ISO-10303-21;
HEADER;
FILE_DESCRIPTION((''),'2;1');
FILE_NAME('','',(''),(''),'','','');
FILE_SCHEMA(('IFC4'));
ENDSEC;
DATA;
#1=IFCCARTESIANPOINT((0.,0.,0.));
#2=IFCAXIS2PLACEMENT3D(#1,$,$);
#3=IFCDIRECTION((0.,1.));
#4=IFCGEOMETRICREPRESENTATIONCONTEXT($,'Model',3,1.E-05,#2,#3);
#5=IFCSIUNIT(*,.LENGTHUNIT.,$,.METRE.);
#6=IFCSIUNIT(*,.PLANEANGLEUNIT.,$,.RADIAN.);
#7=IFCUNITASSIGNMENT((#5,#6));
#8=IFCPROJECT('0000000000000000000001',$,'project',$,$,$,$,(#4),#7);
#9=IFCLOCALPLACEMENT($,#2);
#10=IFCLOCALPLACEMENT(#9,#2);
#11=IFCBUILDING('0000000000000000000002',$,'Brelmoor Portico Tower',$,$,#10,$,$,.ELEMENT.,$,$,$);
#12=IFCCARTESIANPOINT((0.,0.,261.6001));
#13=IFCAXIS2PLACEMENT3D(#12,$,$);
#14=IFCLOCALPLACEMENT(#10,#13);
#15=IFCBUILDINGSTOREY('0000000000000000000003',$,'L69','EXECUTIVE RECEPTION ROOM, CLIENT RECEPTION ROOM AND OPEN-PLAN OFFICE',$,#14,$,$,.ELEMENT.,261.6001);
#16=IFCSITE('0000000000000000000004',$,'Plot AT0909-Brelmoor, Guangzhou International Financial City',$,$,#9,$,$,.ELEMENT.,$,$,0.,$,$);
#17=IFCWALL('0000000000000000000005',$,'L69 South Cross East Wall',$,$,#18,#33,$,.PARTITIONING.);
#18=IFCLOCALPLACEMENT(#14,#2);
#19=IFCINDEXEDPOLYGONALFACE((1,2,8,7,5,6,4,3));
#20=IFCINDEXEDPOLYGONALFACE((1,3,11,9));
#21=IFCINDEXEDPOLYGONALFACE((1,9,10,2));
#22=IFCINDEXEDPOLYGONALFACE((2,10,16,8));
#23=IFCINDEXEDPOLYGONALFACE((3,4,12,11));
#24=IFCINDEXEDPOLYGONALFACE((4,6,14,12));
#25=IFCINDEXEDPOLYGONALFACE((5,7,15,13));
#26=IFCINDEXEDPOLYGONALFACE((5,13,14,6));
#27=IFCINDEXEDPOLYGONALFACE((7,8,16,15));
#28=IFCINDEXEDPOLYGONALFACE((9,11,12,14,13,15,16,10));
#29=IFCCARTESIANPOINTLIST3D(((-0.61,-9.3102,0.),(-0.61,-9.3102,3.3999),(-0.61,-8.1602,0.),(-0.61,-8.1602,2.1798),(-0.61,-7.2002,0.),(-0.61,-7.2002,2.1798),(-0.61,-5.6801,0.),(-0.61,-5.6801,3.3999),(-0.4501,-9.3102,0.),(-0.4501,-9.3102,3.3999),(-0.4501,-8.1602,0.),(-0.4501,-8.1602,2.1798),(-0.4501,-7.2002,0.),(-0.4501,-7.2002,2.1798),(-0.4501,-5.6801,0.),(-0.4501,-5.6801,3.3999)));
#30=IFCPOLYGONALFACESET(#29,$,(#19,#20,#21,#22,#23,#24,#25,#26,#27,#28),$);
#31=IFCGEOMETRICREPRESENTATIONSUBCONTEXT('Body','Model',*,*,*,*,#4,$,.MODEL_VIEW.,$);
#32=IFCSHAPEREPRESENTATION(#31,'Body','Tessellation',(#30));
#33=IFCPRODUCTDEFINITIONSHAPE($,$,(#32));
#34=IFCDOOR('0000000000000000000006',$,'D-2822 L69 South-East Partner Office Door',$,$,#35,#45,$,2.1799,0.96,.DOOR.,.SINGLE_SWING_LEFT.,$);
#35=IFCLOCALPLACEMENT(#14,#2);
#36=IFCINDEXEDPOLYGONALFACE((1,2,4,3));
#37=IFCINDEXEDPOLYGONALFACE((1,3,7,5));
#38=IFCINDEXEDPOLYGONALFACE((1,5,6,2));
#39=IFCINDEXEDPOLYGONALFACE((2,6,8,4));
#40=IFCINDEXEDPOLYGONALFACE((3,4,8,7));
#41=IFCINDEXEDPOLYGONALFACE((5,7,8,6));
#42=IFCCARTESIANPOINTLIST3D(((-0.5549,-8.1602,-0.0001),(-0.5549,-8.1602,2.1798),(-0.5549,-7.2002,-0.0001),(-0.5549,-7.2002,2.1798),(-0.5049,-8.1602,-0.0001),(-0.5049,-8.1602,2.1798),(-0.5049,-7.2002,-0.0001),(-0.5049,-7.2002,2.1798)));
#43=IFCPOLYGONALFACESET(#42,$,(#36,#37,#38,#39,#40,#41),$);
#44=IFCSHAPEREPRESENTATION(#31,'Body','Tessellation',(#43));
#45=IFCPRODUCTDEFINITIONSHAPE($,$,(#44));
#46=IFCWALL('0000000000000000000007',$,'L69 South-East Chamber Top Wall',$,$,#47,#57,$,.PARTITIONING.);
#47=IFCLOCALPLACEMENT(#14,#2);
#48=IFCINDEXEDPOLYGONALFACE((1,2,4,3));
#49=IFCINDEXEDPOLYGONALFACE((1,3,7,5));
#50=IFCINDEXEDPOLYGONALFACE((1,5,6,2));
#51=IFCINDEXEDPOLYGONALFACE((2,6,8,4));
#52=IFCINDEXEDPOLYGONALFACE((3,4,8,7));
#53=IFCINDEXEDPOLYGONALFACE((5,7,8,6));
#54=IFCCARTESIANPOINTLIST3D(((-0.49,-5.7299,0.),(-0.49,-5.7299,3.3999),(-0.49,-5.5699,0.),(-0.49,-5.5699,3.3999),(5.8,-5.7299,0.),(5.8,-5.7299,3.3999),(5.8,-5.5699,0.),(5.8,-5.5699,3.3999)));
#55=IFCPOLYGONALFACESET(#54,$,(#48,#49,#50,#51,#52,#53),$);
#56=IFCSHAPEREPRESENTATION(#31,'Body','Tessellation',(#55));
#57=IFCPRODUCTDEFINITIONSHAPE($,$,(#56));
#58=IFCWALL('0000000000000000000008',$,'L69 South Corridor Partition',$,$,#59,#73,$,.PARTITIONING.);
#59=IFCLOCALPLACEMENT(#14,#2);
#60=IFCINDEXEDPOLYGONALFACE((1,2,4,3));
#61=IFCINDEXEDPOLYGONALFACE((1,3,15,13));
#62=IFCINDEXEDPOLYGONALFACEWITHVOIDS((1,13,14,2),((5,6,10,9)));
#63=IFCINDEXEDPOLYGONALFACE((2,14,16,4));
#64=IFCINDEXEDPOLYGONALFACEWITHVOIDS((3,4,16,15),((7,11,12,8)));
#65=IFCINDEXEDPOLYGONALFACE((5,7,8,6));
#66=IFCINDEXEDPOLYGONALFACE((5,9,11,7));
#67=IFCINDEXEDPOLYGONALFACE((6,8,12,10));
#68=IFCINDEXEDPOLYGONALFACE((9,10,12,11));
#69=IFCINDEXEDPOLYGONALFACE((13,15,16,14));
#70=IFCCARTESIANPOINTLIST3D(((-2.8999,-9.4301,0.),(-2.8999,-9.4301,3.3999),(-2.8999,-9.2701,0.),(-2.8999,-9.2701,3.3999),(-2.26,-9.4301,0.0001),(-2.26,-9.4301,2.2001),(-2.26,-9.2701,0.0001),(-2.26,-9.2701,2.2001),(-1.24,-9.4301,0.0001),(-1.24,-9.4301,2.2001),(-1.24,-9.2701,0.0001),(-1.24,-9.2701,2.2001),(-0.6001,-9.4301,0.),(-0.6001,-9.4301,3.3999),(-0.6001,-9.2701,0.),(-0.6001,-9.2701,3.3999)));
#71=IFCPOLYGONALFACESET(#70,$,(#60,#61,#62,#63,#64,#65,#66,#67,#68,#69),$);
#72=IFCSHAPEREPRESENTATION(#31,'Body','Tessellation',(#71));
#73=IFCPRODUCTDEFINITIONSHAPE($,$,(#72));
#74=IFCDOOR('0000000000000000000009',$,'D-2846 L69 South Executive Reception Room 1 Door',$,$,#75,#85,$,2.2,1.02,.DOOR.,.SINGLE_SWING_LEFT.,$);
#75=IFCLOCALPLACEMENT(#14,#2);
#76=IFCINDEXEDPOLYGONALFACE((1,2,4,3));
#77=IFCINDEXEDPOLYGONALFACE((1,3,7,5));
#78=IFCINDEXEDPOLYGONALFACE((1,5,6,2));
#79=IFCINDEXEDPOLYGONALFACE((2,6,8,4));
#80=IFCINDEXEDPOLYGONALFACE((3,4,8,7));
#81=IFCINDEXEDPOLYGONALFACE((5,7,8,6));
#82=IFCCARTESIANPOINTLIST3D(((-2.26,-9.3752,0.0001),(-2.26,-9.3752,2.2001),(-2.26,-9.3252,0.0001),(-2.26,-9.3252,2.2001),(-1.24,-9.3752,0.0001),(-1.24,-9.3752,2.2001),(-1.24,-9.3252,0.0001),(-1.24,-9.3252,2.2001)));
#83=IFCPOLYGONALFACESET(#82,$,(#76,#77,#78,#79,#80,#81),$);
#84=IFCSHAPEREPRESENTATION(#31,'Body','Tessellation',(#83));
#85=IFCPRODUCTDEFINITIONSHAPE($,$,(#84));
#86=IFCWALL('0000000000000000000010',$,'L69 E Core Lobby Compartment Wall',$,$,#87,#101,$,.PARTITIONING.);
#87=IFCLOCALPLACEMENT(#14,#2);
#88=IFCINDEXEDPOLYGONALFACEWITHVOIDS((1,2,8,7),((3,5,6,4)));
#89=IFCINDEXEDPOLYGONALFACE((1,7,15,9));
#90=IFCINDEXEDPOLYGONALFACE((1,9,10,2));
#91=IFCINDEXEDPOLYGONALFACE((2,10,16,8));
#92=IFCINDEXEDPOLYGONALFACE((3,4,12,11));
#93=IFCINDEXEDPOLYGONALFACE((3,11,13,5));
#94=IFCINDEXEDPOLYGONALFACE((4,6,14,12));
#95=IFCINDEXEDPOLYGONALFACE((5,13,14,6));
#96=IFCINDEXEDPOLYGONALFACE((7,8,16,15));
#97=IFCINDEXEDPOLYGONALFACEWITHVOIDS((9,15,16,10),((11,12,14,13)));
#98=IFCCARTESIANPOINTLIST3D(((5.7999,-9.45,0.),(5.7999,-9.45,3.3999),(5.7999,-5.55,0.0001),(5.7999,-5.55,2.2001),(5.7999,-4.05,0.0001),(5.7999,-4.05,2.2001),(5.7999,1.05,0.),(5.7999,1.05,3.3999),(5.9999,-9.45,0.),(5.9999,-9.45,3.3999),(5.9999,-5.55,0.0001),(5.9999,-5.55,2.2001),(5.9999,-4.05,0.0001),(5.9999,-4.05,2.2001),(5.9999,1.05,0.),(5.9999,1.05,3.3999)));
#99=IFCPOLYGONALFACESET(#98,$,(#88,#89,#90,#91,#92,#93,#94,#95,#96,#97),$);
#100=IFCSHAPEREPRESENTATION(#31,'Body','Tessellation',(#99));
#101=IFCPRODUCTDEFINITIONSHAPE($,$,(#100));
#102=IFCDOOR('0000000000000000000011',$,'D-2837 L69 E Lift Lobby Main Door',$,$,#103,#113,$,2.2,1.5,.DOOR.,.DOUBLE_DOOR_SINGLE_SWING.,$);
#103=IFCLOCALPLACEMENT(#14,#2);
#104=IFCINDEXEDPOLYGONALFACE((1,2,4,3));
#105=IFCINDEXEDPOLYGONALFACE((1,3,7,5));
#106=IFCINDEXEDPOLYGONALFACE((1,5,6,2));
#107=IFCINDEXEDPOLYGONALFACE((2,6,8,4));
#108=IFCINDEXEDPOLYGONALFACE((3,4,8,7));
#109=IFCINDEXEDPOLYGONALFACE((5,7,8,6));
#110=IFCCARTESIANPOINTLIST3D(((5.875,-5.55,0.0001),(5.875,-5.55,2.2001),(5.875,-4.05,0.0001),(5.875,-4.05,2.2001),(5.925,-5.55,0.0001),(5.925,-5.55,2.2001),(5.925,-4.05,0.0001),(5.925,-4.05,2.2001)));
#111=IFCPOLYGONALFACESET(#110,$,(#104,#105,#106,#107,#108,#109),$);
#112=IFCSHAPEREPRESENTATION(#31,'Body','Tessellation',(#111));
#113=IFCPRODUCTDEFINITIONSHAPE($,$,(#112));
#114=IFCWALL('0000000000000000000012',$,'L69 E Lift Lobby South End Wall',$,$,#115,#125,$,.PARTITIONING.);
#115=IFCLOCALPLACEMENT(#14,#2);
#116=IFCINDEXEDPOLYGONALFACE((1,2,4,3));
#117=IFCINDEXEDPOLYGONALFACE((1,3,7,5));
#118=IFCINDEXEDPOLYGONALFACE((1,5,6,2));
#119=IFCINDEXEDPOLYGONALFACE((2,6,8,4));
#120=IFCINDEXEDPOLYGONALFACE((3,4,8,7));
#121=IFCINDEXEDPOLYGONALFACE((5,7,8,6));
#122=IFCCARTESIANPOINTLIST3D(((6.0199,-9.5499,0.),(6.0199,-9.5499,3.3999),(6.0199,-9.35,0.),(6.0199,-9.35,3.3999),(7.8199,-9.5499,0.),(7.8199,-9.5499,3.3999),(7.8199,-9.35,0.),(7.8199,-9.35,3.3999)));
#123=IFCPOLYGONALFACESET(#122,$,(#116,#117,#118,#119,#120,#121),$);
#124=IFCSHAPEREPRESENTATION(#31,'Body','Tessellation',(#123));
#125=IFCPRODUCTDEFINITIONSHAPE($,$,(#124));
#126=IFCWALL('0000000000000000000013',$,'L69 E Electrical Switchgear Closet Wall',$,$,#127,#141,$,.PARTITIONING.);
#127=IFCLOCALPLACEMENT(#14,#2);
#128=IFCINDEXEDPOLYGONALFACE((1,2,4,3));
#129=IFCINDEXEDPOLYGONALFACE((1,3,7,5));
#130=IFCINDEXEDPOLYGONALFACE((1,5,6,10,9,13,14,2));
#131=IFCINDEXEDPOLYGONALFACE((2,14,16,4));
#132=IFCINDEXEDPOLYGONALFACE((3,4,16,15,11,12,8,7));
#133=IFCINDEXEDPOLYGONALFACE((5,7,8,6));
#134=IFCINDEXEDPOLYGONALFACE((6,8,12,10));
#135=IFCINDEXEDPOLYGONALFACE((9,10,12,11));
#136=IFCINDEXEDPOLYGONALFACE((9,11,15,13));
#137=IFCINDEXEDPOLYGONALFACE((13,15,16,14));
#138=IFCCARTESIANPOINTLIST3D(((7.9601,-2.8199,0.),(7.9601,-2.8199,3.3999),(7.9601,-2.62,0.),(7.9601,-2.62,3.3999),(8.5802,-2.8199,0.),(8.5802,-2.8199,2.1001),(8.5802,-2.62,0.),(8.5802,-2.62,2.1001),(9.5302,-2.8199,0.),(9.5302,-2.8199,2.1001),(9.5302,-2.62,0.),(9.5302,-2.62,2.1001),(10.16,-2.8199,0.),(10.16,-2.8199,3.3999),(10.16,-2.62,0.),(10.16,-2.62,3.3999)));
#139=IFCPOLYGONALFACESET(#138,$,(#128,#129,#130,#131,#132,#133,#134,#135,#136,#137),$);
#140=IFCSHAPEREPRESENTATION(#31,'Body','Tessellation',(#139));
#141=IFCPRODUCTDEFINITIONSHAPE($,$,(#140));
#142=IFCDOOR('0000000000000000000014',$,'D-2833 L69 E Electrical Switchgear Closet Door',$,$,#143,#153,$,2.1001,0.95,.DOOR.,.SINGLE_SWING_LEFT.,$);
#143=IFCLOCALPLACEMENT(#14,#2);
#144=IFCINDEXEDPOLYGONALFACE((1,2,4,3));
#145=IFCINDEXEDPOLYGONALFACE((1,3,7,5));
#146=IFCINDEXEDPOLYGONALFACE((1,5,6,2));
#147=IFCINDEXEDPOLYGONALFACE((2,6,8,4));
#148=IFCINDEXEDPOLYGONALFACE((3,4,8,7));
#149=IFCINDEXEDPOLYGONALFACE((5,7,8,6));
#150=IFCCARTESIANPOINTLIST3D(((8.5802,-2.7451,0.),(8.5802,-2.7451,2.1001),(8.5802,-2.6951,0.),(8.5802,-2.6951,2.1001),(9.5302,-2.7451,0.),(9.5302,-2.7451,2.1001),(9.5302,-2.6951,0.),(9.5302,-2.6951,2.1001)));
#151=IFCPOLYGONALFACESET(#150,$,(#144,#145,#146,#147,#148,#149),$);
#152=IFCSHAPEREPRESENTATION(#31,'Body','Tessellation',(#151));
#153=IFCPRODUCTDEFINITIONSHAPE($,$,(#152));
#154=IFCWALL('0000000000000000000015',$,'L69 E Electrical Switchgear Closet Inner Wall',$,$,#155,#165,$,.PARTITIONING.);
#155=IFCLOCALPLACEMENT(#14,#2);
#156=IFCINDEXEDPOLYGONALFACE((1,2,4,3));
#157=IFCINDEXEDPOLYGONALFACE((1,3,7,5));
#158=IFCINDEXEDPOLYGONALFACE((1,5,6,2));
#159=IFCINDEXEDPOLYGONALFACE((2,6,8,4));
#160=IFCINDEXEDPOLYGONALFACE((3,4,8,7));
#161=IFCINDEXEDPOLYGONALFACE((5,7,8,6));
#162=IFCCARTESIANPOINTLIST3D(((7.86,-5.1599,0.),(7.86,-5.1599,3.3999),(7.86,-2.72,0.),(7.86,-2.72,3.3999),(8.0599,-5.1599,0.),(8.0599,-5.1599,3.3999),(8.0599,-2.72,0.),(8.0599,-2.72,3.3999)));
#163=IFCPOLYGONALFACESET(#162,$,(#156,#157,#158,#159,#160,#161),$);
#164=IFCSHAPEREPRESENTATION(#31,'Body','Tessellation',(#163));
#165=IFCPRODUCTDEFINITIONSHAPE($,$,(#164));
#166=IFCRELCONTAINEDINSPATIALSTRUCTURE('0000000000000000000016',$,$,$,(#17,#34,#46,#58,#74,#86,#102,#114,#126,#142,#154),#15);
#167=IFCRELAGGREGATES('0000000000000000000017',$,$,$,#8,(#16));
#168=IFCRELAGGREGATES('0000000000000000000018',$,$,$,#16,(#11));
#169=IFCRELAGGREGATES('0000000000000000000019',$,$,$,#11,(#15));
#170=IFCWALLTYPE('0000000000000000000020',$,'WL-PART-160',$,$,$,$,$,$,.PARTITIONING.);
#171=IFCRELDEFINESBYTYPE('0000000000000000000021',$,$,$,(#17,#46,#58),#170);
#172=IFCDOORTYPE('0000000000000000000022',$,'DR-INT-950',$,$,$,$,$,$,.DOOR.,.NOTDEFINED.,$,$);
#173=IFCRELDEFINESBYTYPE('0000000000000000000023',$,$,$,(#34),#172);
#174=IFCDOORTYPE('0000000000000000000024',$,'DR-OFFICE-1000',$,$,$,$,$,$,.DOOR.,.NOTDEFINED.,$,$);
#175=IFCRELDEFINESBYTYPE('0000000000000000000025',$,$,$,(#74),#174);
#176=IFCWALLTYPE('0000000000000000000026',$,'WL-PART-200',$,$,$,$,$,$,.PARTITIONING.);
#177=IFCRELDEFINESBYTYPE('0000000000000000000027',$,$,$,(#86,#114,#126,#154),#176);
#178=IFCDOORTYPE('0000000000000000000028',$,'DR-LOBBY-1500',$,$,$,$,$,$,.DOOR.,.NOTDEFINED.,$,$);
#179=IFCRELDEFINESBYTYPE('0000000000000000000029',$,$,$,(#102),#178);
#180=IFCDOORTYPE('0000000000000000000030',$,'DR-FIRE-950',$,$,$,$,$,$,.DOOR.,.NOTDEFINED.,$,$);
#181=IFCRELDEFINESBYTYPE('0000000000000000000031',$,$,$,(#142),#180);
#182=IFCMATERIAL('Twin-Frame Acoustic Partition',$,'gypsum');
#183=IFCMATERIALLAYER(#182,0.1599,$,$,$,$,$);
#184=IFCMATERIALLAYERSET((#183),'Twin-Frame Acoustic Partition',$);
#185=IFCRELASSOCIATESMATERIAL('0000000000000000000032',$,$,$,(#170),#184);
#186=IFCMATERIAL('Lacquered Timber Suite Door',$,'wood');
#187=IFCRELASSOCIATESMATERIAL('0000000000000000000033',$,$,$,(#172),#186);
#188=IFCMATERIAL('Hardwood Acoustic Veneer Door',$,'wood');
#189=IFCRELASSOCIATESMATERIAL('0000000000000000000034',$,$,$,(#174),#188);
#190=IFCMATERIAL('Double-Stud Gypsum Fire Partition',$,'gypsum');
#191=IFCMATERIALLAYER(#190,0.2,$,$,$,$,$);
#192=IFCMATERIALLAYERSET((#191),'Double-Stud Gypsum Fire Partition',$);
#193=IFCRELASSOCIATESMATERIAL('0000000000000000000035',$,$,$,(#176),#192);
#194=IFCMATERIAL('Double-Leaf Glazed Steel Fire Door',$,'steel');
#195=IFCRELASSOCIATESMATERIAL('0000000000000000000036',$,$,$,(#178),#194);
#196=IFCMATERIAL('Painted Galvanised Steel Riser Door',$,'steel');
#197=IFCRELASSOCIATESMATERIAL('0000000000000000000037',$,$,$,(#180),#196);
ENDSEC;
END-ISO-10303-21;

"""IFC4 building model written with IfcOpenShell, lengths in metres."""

from ifc_helpers import new_model, si_unit, direction, frame, frame_2d, origin, place, context, subcontext, project, spatial, rectangle, extrude, material, layer, layer_set, type_object, element, fill, save


model = new_model("IFC4")

# Units and contexts
model_context = context("Model", 3, precision=1e-05, world=origin(), true_north=direction((0.0, 1.0)))
body_context = subcontext(model_context, "Body", "Model", "MODEL_VIEW")
ifc_project = project(units=[si_unit("LENGTHUNIT", "METRE"), si_unit("PLANEANGLEUNIT", "RADIAN")], contexts=[model_context])

# Site, building, storey
site_placement = place(None, origin())
site = spatial("IfcSite", under=ifc_project, at=site_placement, Name="Plot AT0909-Brelmoor, Guangzhou International Financial City", CompositionType="ELEMENT", RefElevation=0.0)
building_placement = place(site_placement, origin())
building = spatial("IfcBuilding", under=site, at=building_placement, Name="Brelmoor Portico Tower", CompositionType="ELEMENT")
storey_placement = place(building_placement, frame((0.0, 0.0, 261.6001)))
storey = spatial("IfcBuildingStorey", under=building, at=storey_placement, Name="L69", Description="EXECUTIVE RECEPTION ROOM, CLIENT RECEPTION ROOM AND OPEN-PLAN OFFICE", CompositionType="ELEMENT", Elevation=261.6001)

# Shared definitions
ifc_material_1 = material(Name="Twin-Frame Acoustic Partition", Category="gypsum")
ifc_layer_1 = layer(ifc_material_1, 0.1599)
ifc_layer_set_1 = layer_set([ifc_layer_1], Name="Twin-Frame Acoustic Partition")
wall_type_1 = type_object("IfcWallType", Name="WL-PART-160", PredefinedType="PARTITIONING", material=ifc_layer_set_1)
ifc_material_2 = material(Name="Lacquered Timber Suite Door", Category="wood")
door_type_1 = type_object("IfcDoorType", Name="DR-INT-950", OperationType="NOTDEFINED", PredefinedType="DOOR", material=ifc_material_2)

# Wall, opening, door
wall_1_placement = place(storey_placement, frame((-0.53, -9.3101, 0.0), z_axis=(0.0, 0.0, 1.0), x_axis=(0.0, 1.0, 0.0)))
wall_1 = element("IfcWall", 1, at=wall_1_placement, inside=storey, type_object=wall_type_1, Name="L69 South Cross East Wall", PredefinedType="PARTITIONING", context=body_context, shape_type="SweptSolid", body=[
    extrude(rectangle(XDim=3.6301, YDim=0.1599, at=frame_2d((1.8149, 0.0))), origin(), (0.0, 0.0, 1.0), 3.3999),
])
opening_1_placement = place(wall_1_placement, frame((1.1499, 0.0, 0.0)))
opening_1 = element("IfcOpeningElement", 2, at=opening_1_placement, cuts=wall_1, PredefinedType="OPENING", context=body_context, shape_type="SweptSolid", body=[
    extrude(rectangle(XDim=0.96, YDim=2.1799, at=frame_2d((0.48, 1.0898))), frame((0.0, 0.0898, 0.0), z_axis=(0.0, -1.0, 0.0), x_axis=(1.0, 0.0, 0.0)), (0.0, 0.0, 1.0), 0.1799),
])
door_1_placement = place(opening_1_placement, origin())
door_1 = element("IfcDoor", 3, at=door_1_placement, inside=storey, type_object=door_type_1, Name="D-2822 L69 South-East Partner Office Door", OperationType="SINGLE_SWING_LEFT", OverallHeight=2.1799, OverallWidth=0.96, PredefinedType="DOOR", context=body_context, shape_type="SweptSolid", body=[
    extrude(rectangle(XDim=0.96, YDim=2.1799, at=frame_2d((0.48, 1.0898))), frame((0.0, 0.0249, 0.0), z_axis=(0.0, -1.0, 0.0), x_axis=(1.0, 0.0, 0.0)), (0.0, 0.0, 1.0), 0.05),
])
fill(opening_1, door_1)

# Wall
wall_2_placement = place(storey_placement, frame((-0.49, -5.6499, 0.0), z_axis=(0.0, 0.0, 1.0), x_axis=(1.0, 0.0, 0.0)))
element("IfcWall", 4, at=wall_2_placement, inside=storey, type_object=wall_type_1, Name="L69 South-East Chamber Top Wall", PredefinedType="PARTITIONING", context=body_context, shape_type="SweptSolid", body=[
    extrude(rectangle(XDim=6.29, YDim=0.1599, at=frame_2d((3.145, 0.0))), origin(), (0.0, 0.0, 1.0), 3.3999),
])

# Walls, openings, doors
wall_3_placement = place(storey_placement, frame((-2.8999, -9.3501, 0.0), z_axis=(0.0, 0.0, 1.0), x_axis=(1.0, 0.0, 0.0)))
wall_3 = element("IfcWall", 5, at=wall_3_placement, inside=storey, type_object=wall_type_1, Name="L69 South Corridor Partition", PredefinedType="PARTITIONING", context=body_context, shape_type="SweptSolid", body=[
    extrude(rectangle(XDim=2.2998, YDim=0.1599, at=frame_2d((1.1499, 0.0))), origin(), (0.0, 0.0, 1.0), 3.3999),
])
opening_2_placement = place(wall_3_placement, frame((0.6399, 0.0, 0.0)))
opening_2 = element("IfcOpeningElement", 6, at=opening_2_placement, cuts=wall_3, PredefinedType="OPENING", context=body_context, shape_type="SweptSolid", body=[
    extrude(rectangle(XDim=1.02, YDim=2.2, at=frame_2d((0.51, 1.1001))), frame((0.0, 0.0898, 0.0), z_axis=(0.0, -1.0, 0.0), x_axis=(1.0, 0.0, 0.0)), (0.0, 0.0, 1.0), 0.1799),
])
ifc_material_3 = material(Name="Hardwood Acoustic Veneer Door", Category="wood")
door_type_2 = type_object("IfcDoorType", Name="DR-OFFICE-1000", OperationType="NOTDEFINED", PredefinedType="DOOR", material=ifc_material_3)
door_2_placement = place(opening_2_placement, origin())
door_2 = element("IfcDoor", 7, at=door_2_placement, inside=storey, type_object=door_type_2, Name="D-2846 L69 South Executive Reception Room 1 Door", OperationType="SINGLE_SWING_LEFT", OverallHeight=2.2, OverallWidth=1.02, PredefinedType="DOOR", context=body_context, shape_type="SweptSolid", body=[
    extrude(rectangle(XDim=1.02, YDim=2.2, at=frame_2d((0.51, 1.1001))), frame((0.0, 0.0249, 0.0), z_axis=(0.0, -1.0, 0.0), x_axis=(1.0, 0.0, 0.0)), (0.0, 0.0, 1.0), 0.05),
])
fill(opening_2, door_2)
ifc_material_4 = material(Name="Double-Stud Gypsum Fire Partition", Category="gypsum")
ifc_layer_2 = layer(ifc_material_4, 0.2)
ifc_layer_set_2 = layer_set([ifc_layer_2], Name="Double-Stud Gypsum Fire Partition")
wall_type_2 = type_object("IfcWallType", Name="WL-PART-200", PredefinedType="PARTITIONING", material=ifc_layer_set_2)
wall_4_placement = place(storey_placement, frame((5.8999, -9.45, 0.0), z_axis=(0.0, 0.0, 1.0), x_axis=(0.0, 1.0, 0.0)))
wall_4 = element("IfcWall", 8, at=wall_4_placement, inside=storey, type_object=wall_type_2, Name="L69 E Core Lobby Compartment Wall", PredefinedType="PARTITIONING", context=body_context, shape_type="SweptSolid", body=[
    extrude(rectangle(XDim=10.5, YDim=0.2, at=frame_2d((5.25, 0.0))), origin(), (0.0, 0.0, 1.0), 3.3999),
])
opening_3_placement = place(wall_4_placement, frame((3.8999, 0.0, 0.0)))
opening_3 = element("IfcOpeningElement", 9, at=opening_3_placement, cuts=wall_4, PredefinedType="OPENING", context=body_context, shape_type="SweptSolid", body=[
    extrude(rectangle(XDim=1.5, YDim=2.2, at=frame_2d((0.75, 1.1001))), frame((0.0, 0.1099, 0.0), z_axis=(0.0, -1.0, 0.0), x_axis=(1.0, 0.0, 0.0)), (0.0, 0.0, 1.0), 0.22),
])
ifc_material_5 = material(Name="Double-Leaf Glazed Steel Fire Door", Category="steel")
door_type_3 = type_object("IfcDoorType", Name="DR-LOBBY-1500", OperationType="NOTDEFINED", PredefinedType="DOOR", material=ifc_material_5)
door_3_placement = place(opening_3_placement, origin())
door_3 = element("IfcDoor", 10, at=door_3_placement, inside=storey, type_object=door_type_3, Name="D-2837 L69 E Lift Lobby Main Door", OperationType="DOUBLE_DOOR_SINGLE_SWING", OverallHeight=2.2, OverallWidth=1.5, PredefinedType="DOOR", context=body_context, shape_type="SweptSolid", body=[
    extrude(rectangle(XDim=1.5, YDim=2.2, at=frame_2d((0.75, 1.1001))), frame((0.0, 0.0249, 0.0), z_axis=(0.0, -1.0, 0.0), x_axis=(1.0, 0.0, 0.0)), (0.0, 0.0, 1.0), 0.05),
])
fill(opening_3, door_3)

# Wall
wall_5_placement = place(storey_placement, frame((6.02, -9.45, 0.0), z_axis=(0.0, 0.0, 1.0), x_axis=(1.0, 0.0, 0.0)))
element("IfcWall", 11, at=wall_5_placement, inside=storey, type_object=wall_type_2, Name="L69 E Lift Lobby South End Wall", PredefinedType="PARTITIONING", context=body_context, shape_type="SweptSolid", body=[
    extrude(rectangle(XDim=1.8, YDim=0.2, at=frame_2d((0.8999, 0.0))), origin(), (0.0, 0.0, 1.0), 3.3999),
])

# Wall, opening, door
wall_6_placement = place(storey_placement, frame((7.96, -2.72, 0.0), z_axis=(0.0, 0.0, 1.0), x_axis=(1.0, 0.0, 0.0)))
wall_6 = element("IfcWall", 12, at=wall_6_placement, inside=storey, type_object=wall_type_2, Name="L69 E Electrical Switchgear Closet Wall", PredefinedType="PARTITIONING", context=body_context, shape_type="SweptSolid", body=[
    extrude(rectangle(XDim=2.2, YDim=0.2, at=frame_2d((1.1001, 0.0))), origin(), (0.0, 0.0, 1.0), 3.3999),
])
opening_4_placement = place(wall_6_placement, frame((0.6201, 0.0, 0.0)))
opening_4 = element("IfcOpeningElement", 13, at=opening_4_placement, cuts=wall_6, PredefinedType="OPENING", context=body_context, shape_type="SweptSolid", body=[
    extrude(rectangle(XDim=0.95, YDim=2.1001, at=frame_2d((0.4751, 1.05))), frame((0.0, 0.1099, 0.0), z_axis=(0.0, -1.0, 0.0), x_axis=(1.0, 0.0, 0.0)), (0.0, 0.0, 1.0), 0.22),
])
ifc_material_6 = material(Name="Painted Galvanised Steel Riser Door", Category="steel")
door_type_4 = type_object("IfcDoorType", Name="DR-FIRE-950", OperationType="NOTDEFINED", PredefinedType="DOOR", material=ifc_material_6)
door_4_placement = place(opening_4_placement, origin())
door_4 = element("IfcDoor", 14, at=door_4_placement, inside=storey, type_object=door_type_4, Name="D-2833 L69 E Electrical Switchgear Closet Door", OperationType="SINGLE_SWING_LEFT", OverallHeight=2.1001, OverallWidth=0.95, PredefinedType="DOOR", context=body_context, shape_type="SweptSolid", body=[
    extrude(rectangle(XDim=0.95, YDim=2.1001, at=frame_2d((0.4751, 1.05))), frame((0.0, 0.0249, 0.0), z_axis=(0.0, -1.0, 0.0), x_axis=(1.0, 0.0, 0.0)), (0.0, 0.0, 1.0), 0.05),
])
fill(opening_4, door_4)

# Wall
for number, where, z_axis, x_axis, name in (
    (15, (7.96, -5.1599, 0.0), (0.0, 0.0, 1.0), (0.0, 1.0, 0.0), "L69 E Electrical Switchgear Closet Inner Wall"),
):
    element("IfcWall", number, at=place(storey_placement, frame(where, z_axis=z_axis, x_axis=x_axis)), inside=storey, type_object=wall_type_2, Name=name, PredefinedType="PARTITIONING", context=body_context, shape_type="SweptSolid", body=[
        extrude(rectangle(XDim=2.4399, YDim=0.2, at=frame_2d((1.22, 0.0))), origin(), (0.0, 0.0, 1.0), 3.3999),
    ])

save(model, "model.ifc")
